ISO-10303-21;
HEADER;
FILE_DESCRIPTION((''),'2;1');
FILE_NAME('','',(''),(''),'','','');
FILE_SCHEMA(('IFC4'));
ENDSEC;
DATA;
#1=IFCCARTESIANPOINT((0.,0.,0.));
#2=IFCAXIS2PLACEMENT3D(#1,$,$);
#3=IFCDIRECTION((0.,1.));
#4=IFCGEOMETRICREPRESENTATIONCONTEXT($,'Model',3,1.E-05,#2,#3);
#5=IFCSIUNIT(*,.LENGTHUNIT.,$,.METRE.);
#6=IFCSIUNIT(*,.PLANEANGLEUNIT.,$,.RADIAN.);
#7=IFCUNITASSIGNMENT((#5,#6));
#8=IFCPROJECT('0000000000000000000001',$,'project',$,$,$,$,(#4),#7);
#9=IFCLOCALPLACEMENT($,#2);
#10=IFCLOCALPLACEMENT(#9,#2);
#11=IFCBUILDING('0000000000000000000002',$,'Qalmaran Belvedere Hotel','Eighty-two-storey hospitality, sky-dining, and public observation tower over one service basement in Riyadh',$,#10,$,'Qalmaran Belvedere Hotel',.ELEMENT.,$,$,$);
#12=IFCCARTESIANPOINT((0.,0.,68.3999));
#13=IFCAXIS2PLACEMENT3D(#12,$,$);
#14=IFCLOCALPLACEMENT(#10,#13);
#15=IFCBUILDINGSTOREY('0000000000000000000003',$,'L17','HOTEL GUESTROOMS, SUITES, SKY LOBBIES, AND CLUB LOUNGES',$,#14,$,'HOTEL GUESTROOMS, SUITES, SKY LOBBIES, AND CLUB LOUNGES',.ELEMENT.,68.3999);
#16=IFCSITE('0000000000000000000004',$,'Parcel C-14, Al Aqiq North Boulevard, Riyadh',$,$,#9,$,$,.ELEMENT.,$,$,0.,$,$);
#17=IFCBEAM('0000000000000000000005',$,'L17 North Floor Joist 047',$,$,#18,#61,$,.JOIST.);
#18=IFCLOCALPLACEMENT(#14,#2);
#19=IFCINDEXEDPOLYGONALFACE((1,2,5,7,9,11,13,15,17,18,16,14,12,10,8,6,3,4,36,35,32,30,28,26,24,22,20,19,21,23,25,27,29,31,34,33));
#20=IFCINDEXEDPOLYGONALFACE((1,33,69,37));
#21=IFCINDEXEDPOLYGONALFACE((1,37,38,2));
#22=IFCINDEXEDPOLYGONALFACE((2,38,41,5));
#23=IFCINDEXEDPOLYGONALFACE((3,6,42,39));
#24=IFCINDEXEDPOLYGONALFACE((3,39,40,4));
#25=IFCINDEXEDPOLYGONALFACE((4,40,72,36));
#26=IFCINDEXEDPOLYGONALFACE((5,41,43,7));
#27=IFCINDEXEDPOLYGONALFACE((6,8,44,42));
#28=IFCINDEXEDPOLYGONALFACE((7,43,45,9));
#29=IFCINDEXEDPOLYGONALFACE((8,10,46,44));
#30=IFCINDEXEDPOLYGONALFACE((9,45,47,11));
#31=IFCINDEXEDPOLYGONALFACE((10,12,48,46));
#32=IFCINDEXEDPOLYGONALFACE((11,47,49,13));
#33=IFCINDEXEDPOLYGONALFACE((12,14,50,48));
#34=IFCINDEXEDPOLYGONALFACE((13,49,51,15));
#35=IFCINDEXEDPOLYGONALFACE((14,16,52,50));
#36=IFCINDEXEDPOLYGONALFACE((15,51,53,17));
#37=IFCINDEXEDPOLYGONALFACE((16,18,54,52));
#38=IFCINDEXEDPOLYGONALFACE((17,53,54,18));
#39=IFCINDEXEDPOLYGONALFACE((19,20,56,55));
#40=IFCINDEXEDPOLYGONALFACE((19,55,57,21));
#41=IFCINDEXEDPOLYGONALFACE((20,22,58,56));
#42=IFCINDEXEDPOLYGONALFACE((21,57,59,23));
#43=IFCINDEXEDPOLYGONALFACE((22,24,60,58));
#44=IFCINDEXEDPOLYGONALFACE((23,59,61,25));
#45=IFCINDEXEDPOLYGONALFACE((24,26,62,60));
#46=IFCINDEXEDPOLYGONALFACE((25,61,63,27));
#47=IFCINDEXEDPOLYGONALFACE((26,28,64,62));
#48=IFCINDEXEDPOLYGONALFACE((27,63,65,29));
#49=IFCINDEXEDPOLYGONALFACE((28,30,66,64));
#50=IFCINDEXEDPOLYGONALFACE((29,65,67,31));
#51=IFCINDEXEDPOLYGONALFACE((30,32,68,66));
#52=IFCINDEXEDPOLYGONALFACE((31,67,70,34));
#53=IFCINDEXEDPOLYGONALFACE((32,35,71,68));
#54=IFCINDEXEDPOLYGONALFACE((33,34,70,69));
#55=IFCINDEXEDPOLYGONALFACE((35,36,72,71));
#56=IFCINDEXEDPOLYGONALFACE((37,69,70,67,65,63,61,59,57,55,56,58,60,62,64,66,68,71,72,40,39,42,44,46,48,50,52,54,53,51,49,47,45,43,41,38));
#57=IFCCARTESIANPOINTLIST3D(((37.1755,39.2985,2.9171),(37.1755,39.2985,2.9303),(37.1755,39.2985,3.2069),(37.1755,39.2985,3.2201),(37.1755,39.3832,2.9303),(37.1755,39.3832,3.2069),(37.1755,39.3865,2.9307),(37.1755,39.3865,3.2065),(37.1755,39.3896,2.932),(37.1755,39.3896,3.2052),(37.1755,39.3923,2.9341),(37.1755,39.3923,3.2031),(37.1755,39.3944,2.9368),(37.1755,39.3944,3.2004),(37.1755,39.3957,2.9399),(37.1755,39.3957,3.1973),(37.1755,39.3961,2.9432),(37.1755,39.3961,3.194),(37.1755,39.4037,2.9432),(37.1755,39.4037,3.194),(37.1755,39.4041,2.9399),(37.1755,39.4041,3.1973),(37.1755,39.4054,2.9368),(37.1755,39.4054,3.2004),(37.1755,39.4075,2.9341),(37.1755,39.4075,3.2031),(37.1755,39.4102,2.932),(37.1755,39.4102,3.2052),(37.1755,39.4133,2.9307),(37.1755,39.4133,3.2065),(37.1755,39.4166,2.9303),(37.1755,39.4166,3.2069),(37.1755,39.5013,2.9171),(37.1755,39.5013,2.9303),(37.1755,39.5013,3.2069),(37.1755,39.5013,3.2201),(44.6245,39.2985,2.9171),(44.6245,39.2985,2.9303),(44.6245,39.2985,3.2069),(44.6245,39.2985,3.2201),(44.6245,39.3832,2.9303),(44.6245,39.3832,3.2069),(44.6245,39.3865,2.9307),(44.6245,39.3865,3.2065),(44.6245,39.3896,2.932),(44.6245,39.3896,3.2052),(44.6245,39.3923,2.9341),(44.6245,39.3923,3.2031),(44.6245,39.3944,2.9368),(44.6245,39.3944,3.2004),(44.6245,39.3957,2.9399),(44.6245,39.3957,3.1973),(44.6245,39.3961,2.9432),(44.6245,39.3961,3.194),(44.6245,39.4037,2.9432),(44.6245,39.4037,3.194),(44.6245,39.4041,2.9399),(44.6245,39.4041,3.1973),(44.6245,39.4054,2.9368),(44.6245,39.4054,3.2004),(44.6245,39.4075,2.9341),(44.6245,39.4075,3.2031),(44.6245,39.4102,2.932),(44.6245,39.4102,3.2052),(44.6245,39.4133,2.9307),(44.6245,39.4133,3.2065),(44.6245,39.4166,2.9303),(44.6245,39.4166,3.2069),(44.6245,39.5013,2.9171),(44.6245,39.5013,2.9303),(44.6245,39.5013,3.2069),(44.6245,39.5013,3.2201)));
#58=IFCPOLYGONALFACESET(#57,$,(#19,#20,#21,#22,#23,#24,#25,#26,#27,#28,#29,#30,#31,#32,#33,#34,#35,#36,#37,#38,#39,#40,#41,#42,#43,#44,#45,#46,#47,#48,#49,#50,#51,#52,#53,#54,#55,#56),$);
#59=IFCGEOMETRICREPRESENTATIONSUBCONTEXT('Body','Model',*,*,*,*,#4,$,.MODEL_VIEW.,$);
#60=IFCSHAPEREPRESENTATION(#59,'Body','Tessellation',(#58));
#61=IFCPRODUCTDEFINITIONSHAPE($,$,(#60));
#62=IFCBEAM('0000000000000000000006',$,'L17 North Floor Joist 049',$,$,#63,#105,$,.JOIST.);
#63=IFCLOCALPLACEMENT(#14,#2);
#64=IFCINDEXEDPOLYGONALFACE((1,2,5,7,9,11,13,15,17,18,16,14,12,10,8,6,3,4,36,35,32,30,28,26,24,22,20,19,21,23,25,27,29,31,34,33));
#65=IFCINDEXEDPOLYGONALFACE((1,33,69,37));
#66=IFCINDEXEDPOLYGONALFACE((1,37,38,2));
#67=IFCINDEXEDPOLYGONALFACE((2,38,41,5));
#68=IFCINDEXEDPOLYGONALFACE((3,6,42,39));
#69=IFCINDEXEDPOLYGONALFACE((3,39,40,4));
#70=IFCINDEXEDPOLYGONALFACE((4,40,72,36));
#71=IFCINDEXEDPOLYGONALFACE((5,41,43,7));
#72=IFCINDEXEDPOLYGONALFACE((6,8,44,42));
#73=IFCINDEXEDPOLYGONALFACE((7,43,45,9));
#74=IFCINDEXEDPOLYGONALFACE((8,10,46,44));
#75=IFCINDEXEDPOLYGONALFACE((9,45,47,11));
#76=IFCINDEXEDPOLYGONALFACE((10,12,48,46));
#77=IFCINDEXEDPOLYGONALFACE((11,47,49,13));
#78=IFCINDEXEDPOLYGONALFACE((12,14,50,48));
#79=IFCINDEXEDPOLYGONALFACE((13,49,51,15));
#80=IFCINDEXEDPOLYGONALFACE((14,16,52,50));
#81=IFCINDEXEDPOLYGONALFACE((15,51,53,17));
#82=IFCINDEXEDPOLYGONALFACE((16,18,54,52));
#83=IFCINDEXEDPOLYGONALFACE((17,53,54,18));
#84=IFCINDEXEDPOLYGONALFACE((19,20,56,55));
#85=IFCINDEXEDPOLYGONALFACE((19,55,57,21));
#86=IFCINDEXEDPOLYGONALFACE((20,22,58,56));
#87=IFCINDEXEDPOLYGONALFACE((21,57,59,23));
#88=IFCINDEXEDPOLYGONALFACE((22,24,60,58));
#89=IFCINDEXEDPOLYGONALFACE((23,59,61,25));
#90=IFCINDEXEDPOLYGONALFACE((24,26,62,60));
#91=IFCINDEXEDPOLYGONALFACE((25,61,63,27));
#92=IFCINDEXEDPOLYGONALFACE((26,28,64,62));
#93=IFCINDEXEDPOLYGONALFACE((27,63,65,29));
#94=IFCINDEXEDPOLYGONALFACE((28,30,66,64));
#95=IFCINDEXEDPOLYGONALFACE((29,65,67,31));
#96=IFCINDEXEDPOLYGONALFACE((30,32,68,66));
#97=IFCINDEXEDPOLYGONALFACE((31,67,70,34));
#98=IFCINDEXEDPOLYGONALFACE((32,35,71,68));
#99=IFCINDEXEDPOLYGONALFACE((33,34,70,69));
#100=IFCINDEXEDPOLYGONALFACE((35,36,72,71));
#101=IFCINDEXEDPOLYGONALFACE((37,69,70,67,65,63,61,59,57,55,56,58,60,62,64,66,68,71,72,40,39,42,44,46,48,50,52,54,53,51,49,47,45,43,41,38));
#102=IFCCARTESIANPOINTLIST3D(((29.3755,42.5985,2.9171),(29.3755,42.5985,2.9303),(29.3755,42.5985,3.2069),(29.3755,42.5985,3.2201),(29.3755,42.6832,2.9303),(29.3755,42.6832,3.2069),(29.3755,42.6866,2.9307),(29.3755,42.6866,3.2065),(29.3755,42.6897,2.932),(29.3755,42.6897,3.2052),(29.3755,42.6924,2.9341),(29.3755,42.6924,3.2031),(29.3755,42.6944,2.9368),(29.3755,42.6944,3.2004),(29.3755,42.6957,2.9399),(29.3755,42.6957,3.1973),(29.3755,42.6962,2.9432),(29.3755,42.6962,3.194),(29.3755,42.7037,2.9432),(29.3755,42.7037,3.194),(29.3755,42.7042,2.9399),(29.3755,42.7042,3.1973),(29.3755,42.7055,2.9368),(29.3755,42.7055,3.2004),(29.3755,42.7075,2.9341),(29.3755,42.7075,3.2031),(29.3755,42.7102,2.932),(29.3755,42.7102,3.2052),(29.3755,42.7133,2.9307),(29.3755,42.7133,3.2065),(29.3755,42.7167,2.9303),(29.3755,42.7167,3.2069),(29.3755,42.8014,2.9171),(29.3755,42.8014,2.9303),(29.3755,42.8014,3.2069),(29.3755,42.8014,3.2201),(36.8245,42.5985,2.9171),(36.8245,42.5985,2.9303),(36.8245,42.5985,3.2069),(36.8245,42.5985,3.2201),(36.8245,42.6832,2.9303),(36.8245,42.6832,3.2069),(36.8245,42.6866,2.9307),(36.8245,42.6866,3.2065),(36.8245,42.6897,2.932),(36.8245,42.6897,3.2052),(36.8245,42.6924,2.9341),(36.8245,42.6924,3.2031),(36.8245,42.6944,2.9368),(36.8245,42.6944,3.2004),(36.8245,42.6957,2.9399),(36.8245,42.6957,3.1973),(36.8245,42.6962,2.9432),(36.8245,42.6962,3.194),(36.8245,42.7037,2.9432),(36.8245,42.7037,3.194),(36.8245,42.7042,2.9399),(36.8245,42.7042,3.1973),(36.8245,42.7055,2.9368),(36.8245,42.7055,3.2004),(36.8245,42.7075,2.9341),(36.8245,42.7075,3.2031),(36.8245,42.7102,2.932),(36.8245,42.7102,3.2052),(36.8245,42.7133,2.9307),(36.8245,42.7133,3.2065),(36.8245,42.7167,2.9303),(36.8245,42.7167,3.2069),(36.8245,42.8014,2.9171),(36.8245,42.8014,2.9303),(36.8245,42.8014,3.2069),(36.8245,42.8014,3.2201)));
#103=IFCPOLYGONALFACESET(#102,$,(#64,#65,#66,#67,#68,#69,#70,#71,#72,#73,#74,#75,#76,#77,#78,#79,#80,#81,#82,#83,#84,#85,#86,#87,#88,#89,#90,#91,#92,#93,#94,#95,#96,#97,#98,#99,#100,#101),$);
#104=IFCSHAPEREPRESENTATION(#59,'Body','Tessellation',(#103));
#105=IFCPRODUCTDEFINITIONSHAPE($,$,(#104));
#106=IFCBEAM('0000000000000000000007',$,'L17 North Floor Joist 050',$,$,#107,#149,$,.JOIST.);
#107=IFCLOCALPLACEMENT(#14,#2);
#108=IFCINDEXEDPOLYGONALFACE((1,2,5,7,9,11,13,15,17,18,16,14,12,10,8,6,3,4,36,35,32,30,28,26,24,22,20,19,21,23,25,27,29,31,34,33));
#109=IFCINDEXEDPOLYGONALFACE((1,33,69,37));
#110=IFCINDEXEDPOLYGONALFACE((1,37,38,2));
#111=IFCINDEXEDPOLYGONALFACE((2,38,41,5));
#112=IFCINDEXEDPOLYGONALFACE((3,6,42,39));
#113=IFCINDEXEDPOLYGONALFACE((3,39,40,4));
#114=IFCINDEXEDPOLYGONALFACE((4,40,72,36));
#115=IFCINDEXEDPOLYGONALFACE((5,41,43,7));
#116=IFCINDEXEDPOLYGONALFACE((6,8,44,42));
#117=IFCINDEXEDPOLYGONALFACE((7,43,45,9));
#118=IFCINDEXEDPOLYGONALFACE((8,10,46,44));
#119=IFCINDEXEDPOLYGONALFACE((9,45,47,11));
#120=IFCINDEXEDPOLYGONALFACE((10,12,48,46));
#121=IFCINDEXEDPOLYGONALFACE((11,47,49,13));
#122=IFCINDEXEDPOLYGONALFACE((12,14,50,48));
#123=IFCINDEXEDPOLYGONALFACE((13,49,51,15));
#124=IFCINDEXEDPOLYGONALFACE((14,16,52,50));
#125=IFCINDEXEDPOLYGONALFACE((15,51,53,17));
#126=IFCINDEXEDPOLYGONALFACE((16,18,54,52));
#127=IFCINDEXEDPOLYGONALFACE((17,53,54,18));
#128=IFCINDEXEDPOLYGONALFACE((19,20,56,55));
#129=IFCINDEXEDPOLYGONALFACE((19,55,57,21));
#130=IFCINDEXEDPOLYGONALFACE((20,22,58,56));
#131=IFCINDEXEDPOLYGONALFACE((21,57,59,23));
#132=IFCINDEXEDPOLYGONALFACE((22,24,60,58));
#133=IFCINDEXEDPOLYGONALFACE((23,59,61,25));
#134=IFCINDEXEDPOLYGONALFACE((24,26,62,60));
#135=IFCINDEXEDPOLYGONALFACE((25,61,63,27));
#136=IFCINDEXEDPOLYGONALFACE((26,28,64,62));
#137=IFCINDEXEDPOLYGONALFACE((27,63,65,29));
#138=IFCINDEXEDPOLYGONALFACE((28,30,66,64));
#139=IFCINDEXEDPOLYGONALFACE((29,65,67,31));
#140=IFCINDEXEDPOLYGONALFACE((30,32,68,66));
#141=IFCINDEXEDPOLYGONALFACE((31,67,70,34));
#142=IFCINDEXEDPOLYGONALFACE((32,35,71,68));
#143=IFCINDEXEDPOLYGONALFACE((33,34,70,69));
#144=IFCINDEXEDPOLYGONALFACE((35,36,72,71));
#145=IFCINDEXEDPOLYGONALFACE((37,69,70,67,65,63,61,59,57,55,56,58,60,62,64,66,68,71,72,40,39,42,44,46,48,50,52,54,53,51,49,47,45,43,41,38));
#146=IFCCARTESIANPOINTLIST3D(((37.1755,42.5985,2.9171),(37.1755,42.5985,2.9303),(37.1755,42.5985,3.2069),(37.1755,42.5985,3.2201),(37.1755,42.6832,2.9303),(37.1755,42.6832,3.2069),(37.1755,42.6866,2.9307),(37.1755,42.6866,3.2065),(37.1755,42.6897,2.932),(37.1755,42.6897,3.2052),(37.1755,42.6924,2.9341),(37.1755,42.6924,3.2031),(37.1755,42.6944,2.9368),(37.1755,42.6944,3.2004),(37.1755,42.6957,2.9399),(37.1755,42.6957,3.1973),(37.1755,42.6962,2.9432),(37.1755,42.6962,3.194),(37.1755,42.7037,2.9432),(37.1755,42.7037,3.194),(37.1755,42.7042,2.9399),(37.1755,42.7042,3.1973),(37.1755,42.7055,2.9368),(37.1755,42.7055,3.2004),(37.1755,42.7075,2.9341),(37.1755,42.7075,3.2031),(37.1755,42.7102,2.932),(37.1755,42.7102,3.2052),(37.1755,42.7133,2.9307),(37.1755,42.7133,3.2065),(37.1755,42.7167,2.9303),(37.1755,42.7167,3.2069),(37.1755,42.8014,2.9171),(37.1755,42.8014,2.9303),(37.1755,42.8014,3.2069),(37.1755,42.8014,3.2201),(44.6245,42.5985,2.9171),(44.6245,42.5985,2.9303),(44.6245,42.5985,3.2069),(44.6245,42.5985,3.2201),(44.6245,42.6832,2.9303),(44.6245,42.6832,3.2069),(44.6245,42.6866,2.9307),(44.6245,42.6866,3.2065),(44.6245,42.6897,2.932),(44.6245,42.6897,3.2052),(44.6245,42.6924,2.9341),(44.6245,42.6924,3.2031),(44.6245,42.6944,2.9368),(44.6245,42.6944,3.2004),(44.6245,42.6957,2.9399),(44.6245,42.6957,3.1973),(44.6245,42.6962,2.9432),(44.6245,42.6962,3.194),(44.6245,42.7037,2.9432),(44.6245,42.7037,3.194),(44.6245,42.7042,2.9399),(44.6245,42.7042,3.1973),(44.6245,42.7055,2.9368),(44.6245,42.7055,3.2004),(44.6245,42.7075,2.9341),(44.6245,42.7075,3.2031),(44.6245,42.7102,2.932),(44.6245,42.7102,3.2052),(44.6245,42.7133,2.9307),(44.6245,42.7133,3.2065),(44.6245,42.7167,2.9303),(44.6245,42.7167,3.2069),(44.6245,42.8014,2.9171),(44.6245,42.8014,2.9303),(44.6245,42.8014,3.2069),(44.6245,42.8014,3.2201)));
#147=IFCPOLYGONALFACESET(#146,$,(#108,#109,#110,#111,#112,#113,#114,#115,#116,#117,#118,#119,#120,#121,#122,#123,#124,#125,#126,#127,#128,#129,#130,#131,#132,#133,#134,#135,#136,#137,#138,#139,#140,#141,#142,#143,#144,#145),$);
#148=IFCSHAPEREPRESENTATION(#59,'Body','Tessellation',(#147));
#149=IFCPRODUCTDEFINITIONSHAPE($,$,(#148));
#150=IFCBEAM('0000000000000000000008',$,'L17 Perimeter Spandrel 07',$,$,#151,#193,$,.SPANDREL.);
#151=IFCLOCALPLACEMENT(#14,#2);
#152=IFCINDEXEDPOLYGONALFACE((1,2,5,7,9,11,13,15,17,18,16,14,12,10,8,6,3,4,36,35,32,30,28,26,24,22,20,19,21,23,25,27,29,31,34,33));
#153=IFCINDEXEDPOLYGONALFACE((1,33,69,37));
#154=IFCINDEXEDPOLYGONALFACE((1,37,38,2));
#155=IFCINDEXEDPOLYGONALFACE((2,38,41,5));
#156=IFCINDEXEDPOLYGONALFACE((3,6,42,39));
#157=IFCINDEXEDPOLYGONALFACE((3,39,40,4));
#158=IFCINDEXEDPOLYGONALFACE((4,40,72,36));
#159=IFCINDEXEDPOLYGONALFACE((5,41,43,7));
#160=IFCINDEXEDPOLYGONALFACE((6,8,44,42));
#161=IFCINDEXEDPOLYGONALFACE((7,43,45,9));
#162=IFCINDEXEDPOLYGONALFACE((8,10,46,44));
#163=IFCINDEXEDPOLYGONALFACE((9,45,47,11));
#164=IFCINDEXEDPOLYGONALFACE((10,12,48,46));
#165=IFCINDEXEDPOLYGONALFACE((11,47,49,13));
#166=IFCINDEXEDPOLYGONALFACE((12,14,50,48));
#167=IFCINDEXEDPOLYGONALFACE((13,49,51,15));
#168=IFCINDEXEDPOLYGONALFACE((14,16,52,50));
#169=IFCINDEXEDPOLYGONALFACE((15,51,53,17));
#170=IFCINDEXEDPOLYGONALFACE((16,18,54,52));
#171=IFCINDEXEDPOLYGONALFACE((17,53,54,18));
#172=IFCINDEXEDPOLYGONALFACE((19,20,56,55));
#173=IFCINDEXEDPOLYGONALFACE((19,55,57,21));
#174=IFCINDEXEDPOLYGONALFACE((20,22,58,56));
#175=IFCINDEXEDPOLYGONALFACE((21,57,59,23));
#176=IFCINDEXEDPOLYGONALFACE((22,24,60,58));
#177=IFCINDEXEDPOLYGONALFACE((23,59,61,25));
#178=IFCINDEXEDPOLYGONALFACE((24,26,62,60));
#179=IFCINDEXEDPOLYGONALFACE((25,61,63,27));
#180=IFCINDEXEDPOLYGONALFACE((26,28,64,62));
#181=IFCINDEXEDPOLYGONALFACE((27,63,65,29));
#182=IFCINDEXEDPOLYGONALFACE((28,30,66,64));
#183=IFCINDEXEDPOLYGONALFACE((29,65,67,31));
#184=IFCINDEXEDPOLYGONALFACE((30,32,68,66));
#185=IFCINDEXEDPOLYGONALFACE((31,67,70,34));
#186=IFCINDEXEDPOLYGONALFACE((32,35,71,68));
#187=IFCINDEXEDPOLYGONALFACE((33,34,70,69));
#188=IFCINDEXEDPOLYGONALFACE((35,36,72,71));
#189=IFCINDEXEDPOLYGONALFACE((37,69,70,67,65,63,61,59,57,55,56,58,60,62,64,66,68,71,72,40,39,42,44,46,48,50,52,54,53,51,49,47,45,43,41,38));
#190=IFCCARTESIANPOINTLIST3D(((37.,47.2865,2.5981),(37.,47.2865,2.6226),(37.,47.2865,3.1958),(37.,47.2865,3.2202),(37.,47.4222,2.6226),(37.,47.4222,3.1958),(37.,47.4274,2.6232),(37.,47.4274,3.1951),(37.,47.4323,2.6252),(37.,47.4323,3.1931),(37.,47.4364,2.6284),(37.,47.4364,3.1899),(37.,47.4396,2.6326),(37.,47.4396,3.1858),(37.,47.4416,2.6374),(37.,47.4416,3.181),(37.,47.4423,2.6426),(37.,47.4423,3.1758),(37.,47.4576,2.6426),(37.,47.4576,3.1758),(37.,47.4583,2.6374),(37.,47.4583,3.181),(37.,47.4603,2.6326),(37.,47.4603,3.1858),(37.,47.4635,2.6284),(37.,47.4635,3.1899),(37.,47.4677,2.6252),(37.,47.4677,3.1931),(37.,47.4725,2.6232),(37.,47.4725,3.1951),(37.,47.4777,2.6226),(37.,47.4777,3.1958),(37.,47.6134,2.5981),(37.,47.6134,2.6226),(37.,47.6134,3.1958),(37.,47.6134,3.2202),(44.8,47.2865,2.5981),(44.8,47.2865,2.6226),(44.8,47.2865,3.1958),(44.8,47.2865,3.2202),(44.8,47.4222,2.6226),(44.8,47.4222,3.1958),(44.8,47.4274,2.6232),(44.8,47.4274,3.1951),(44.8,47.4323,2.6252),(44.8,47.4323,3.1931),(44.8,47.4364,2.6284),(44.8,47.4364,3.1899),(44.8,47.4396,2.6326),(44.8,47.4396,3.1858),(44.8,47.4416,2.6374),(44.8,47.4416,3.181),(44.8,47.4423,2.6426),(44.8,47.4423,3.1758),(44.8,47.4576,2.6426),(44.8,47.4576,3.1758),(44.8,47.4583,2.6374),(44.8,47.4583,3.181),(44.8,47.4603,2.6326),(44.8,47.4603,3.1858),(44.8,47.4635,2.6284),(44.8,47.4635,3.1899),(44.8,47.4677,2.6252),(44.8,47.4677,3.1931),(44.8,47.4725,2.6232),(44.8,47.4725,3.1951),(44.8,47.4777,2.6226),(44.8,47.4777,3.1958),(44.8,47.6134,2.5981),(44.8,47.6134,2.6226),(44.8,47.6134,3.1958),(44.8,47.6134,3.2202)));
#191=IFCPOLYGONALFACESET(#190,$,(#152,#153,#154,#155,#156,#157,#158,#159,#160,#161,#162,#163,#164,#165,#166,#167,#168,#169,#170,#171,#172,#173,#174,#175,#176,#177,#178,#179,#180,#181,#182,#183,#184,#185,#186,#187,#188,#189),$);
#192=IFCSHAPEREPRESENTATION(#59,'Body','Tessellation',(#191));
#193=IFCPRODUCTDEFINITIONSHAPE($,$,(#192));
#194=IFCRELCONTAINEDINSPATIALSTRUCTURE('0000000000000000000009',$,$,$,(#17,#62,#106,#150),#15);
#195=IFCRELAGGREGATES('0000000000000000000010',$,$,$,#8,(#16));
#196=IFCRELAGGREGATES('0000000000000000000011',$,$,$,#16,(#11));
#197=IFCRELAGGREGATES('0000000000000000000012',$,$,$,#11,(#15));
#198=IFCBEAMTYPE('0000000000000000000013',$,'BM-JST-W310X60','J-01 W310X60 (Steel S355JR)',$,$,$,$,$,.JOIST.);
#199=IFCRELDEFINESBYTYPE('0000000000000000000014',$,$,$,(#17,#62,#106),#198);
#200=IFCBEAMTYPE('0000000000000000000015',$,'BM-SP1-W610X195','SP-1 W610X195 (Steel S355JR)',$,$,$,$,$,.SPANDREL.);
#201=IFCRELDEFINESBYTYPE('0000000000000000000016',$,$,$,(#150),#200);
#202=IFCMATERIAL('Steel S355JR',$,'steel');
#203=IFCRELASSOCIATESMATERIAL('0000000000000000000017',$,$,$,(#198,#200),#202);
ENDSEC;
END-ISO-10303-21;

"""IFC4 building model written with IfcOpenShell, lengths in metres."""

from ifc_helpers import new_model, si_unit, direction, frame, origin, origin_2d, place, context, subcontext, project, spatial, i_section, extrude, material, material_profile, profile_set, type_object, element, save


model = new_model("IFC4")

# Units and contexts
model_context = context("Model", 3, precision=1e-05, world=origin(), true_north=direction((0.0, 1.0)))
body_context = subcontext(model_context, "Body", "Model", "MODEL_VIEW")
ifc_project = project(units=[si_unit("LENGTHUNIT", "METRE"), si_unit("PLANEANGLEUNIT", "RADIAN")], contexts=[model_context])

# Site, building, storey
site_placement = place(None, origin())
site = spatial("IfcSite", under=ifc_project, at=site_placement, Name="Parcel C-14, Al Aqiq North Boulevard, Riyadh", CompositionType="ELEMENT", RefElevation=0.0)
building_placement = place(site_placement, origin())
building = spatial("IfcBuilding", under=site, at=building_placement, Name="Qalmaran Belvedere Hotel", Description="Eighty-two-storey hospitality, sky-dining, and public observation tower over one service basement in Riyadh", LongName="Qalmaran Belvedere Hotel", CompositionType="ELEMENT")
storey_placement = place(building_placement, frame((0.0, 0.0, 68.3999)))
storey = spatial("IfcBuildingStorey", under=building, at=storey_placement, Name="L17", Description="HOTEL GUESTROOMS, SUITES, SKY LOBBIES, AND CLUB LOUNGES", LongName="HOTEL GUESTROOMS, SUITES, SKY LOBBIES, AND CLUB LOUNGES", CompositionType="ELEMENT", Elevation=68.3999)

# Beams
ifc_material_1 = material(Name="Steel S355JR", Category="steel")
ifc_material_profile_1 = material_profile(ifc_material_1, i_section(OverallWidth=0.2029, OverallDepth=0.303, WebThickness=0.0076, FlangeThickness=0.0132, FilletRadius=0.0129, at=origin_2d()), Name="W310X60")
ifc_profile_set_1 = profile_set([ifc_material_profile_1], Name="Steel S355JR")
beam_type_1 = type_object("IfcBeamType", Name="BM-JST-W310X60", Description="J-01 W310X60 (Steel S355JR)", PredefinedType="JOIST", material=ifc_profile_set_1)
for number, where, z_axis, x_axis, name in (
    (1, (37.1755, 39.3999, 3.0686), (1.0, 0.0, 0.0), (0.0, 1.0, 0.0), "L17 North Floor Joist 047"),
    (2, (29.3755, 42.7, 3.0686), (1.0, 0.0, 0.0), (0.0, 1.0, 0.0), "L17 North Floor Joist 049"),
    (3, (37.1755, 42.7, 3.0686), (1.0, 0.0, 0.0), (0.0, 1.0, 0.0), "L17 North Floor Joist 050"),
):
    element("IfcBeam", number, at=place(storey_placement, frame(where, z_axis=z_axis, x_axis=x_axis)), inside=storey, type_object=beam_type_1, Name=name, PredefinedType="JOIST", context=body_context, shape_type="SweptSolid", body=[
        extrude(i_section(OverallWidth=0.2029, OverallDepth=0.303, WebThickness=0.0076, FlangeThickness=0.0132, FilletRadius=0.0129, at=origin_2d()), origin(), (0.0, 0.0, 1.0), 7.449),
    ])
ifc_material_profile_2 = material_profile(ifc_material_1, i_section(OverallWidth=0.3269, OverallDepth=0.6221, WebThickness=0.0154, FlangeThickness=0.0244, FilletRadius=0.02, at=origin_2d()), Name="W610X195")
ifc_profile_set_2 = profile_set([ifc_material_profile_2], Name="Steel S355JR")
beam_type_2 = type_object("IfcBeamType", Name="BM-SP1-W610X195", Description="SP-1 W610X195 (Steel S355JR)", PredefinedType="SPANDREL", material=ifc_profile_set_2)
beam_placement = place(storey_placement, frame((37.0, 47.45, 2.9092), z_axis=(1.0, 0.0, 0.0), x_axis=(0.0, 1.0, 0.0)))
element("IfcBeam", 4, at=beam_placement, inside=storey, type_object=beam_type_2, Name="L17 Perimeter Spandrel 07", PredefinedType="SPANDREL", context=body_context, shape_type="SweptSolid", body=[
    extrude(i_section(OverallWidth=0.3269, OverallDepth=0.6221, WebThickness=0.0154, FlangeThickness=0.0244, FilletRadius=0.02, at=origin_2d()), origin(), (0.0, 0.0, 1.0), 7.8),
])

save(model, "model.ifc")
